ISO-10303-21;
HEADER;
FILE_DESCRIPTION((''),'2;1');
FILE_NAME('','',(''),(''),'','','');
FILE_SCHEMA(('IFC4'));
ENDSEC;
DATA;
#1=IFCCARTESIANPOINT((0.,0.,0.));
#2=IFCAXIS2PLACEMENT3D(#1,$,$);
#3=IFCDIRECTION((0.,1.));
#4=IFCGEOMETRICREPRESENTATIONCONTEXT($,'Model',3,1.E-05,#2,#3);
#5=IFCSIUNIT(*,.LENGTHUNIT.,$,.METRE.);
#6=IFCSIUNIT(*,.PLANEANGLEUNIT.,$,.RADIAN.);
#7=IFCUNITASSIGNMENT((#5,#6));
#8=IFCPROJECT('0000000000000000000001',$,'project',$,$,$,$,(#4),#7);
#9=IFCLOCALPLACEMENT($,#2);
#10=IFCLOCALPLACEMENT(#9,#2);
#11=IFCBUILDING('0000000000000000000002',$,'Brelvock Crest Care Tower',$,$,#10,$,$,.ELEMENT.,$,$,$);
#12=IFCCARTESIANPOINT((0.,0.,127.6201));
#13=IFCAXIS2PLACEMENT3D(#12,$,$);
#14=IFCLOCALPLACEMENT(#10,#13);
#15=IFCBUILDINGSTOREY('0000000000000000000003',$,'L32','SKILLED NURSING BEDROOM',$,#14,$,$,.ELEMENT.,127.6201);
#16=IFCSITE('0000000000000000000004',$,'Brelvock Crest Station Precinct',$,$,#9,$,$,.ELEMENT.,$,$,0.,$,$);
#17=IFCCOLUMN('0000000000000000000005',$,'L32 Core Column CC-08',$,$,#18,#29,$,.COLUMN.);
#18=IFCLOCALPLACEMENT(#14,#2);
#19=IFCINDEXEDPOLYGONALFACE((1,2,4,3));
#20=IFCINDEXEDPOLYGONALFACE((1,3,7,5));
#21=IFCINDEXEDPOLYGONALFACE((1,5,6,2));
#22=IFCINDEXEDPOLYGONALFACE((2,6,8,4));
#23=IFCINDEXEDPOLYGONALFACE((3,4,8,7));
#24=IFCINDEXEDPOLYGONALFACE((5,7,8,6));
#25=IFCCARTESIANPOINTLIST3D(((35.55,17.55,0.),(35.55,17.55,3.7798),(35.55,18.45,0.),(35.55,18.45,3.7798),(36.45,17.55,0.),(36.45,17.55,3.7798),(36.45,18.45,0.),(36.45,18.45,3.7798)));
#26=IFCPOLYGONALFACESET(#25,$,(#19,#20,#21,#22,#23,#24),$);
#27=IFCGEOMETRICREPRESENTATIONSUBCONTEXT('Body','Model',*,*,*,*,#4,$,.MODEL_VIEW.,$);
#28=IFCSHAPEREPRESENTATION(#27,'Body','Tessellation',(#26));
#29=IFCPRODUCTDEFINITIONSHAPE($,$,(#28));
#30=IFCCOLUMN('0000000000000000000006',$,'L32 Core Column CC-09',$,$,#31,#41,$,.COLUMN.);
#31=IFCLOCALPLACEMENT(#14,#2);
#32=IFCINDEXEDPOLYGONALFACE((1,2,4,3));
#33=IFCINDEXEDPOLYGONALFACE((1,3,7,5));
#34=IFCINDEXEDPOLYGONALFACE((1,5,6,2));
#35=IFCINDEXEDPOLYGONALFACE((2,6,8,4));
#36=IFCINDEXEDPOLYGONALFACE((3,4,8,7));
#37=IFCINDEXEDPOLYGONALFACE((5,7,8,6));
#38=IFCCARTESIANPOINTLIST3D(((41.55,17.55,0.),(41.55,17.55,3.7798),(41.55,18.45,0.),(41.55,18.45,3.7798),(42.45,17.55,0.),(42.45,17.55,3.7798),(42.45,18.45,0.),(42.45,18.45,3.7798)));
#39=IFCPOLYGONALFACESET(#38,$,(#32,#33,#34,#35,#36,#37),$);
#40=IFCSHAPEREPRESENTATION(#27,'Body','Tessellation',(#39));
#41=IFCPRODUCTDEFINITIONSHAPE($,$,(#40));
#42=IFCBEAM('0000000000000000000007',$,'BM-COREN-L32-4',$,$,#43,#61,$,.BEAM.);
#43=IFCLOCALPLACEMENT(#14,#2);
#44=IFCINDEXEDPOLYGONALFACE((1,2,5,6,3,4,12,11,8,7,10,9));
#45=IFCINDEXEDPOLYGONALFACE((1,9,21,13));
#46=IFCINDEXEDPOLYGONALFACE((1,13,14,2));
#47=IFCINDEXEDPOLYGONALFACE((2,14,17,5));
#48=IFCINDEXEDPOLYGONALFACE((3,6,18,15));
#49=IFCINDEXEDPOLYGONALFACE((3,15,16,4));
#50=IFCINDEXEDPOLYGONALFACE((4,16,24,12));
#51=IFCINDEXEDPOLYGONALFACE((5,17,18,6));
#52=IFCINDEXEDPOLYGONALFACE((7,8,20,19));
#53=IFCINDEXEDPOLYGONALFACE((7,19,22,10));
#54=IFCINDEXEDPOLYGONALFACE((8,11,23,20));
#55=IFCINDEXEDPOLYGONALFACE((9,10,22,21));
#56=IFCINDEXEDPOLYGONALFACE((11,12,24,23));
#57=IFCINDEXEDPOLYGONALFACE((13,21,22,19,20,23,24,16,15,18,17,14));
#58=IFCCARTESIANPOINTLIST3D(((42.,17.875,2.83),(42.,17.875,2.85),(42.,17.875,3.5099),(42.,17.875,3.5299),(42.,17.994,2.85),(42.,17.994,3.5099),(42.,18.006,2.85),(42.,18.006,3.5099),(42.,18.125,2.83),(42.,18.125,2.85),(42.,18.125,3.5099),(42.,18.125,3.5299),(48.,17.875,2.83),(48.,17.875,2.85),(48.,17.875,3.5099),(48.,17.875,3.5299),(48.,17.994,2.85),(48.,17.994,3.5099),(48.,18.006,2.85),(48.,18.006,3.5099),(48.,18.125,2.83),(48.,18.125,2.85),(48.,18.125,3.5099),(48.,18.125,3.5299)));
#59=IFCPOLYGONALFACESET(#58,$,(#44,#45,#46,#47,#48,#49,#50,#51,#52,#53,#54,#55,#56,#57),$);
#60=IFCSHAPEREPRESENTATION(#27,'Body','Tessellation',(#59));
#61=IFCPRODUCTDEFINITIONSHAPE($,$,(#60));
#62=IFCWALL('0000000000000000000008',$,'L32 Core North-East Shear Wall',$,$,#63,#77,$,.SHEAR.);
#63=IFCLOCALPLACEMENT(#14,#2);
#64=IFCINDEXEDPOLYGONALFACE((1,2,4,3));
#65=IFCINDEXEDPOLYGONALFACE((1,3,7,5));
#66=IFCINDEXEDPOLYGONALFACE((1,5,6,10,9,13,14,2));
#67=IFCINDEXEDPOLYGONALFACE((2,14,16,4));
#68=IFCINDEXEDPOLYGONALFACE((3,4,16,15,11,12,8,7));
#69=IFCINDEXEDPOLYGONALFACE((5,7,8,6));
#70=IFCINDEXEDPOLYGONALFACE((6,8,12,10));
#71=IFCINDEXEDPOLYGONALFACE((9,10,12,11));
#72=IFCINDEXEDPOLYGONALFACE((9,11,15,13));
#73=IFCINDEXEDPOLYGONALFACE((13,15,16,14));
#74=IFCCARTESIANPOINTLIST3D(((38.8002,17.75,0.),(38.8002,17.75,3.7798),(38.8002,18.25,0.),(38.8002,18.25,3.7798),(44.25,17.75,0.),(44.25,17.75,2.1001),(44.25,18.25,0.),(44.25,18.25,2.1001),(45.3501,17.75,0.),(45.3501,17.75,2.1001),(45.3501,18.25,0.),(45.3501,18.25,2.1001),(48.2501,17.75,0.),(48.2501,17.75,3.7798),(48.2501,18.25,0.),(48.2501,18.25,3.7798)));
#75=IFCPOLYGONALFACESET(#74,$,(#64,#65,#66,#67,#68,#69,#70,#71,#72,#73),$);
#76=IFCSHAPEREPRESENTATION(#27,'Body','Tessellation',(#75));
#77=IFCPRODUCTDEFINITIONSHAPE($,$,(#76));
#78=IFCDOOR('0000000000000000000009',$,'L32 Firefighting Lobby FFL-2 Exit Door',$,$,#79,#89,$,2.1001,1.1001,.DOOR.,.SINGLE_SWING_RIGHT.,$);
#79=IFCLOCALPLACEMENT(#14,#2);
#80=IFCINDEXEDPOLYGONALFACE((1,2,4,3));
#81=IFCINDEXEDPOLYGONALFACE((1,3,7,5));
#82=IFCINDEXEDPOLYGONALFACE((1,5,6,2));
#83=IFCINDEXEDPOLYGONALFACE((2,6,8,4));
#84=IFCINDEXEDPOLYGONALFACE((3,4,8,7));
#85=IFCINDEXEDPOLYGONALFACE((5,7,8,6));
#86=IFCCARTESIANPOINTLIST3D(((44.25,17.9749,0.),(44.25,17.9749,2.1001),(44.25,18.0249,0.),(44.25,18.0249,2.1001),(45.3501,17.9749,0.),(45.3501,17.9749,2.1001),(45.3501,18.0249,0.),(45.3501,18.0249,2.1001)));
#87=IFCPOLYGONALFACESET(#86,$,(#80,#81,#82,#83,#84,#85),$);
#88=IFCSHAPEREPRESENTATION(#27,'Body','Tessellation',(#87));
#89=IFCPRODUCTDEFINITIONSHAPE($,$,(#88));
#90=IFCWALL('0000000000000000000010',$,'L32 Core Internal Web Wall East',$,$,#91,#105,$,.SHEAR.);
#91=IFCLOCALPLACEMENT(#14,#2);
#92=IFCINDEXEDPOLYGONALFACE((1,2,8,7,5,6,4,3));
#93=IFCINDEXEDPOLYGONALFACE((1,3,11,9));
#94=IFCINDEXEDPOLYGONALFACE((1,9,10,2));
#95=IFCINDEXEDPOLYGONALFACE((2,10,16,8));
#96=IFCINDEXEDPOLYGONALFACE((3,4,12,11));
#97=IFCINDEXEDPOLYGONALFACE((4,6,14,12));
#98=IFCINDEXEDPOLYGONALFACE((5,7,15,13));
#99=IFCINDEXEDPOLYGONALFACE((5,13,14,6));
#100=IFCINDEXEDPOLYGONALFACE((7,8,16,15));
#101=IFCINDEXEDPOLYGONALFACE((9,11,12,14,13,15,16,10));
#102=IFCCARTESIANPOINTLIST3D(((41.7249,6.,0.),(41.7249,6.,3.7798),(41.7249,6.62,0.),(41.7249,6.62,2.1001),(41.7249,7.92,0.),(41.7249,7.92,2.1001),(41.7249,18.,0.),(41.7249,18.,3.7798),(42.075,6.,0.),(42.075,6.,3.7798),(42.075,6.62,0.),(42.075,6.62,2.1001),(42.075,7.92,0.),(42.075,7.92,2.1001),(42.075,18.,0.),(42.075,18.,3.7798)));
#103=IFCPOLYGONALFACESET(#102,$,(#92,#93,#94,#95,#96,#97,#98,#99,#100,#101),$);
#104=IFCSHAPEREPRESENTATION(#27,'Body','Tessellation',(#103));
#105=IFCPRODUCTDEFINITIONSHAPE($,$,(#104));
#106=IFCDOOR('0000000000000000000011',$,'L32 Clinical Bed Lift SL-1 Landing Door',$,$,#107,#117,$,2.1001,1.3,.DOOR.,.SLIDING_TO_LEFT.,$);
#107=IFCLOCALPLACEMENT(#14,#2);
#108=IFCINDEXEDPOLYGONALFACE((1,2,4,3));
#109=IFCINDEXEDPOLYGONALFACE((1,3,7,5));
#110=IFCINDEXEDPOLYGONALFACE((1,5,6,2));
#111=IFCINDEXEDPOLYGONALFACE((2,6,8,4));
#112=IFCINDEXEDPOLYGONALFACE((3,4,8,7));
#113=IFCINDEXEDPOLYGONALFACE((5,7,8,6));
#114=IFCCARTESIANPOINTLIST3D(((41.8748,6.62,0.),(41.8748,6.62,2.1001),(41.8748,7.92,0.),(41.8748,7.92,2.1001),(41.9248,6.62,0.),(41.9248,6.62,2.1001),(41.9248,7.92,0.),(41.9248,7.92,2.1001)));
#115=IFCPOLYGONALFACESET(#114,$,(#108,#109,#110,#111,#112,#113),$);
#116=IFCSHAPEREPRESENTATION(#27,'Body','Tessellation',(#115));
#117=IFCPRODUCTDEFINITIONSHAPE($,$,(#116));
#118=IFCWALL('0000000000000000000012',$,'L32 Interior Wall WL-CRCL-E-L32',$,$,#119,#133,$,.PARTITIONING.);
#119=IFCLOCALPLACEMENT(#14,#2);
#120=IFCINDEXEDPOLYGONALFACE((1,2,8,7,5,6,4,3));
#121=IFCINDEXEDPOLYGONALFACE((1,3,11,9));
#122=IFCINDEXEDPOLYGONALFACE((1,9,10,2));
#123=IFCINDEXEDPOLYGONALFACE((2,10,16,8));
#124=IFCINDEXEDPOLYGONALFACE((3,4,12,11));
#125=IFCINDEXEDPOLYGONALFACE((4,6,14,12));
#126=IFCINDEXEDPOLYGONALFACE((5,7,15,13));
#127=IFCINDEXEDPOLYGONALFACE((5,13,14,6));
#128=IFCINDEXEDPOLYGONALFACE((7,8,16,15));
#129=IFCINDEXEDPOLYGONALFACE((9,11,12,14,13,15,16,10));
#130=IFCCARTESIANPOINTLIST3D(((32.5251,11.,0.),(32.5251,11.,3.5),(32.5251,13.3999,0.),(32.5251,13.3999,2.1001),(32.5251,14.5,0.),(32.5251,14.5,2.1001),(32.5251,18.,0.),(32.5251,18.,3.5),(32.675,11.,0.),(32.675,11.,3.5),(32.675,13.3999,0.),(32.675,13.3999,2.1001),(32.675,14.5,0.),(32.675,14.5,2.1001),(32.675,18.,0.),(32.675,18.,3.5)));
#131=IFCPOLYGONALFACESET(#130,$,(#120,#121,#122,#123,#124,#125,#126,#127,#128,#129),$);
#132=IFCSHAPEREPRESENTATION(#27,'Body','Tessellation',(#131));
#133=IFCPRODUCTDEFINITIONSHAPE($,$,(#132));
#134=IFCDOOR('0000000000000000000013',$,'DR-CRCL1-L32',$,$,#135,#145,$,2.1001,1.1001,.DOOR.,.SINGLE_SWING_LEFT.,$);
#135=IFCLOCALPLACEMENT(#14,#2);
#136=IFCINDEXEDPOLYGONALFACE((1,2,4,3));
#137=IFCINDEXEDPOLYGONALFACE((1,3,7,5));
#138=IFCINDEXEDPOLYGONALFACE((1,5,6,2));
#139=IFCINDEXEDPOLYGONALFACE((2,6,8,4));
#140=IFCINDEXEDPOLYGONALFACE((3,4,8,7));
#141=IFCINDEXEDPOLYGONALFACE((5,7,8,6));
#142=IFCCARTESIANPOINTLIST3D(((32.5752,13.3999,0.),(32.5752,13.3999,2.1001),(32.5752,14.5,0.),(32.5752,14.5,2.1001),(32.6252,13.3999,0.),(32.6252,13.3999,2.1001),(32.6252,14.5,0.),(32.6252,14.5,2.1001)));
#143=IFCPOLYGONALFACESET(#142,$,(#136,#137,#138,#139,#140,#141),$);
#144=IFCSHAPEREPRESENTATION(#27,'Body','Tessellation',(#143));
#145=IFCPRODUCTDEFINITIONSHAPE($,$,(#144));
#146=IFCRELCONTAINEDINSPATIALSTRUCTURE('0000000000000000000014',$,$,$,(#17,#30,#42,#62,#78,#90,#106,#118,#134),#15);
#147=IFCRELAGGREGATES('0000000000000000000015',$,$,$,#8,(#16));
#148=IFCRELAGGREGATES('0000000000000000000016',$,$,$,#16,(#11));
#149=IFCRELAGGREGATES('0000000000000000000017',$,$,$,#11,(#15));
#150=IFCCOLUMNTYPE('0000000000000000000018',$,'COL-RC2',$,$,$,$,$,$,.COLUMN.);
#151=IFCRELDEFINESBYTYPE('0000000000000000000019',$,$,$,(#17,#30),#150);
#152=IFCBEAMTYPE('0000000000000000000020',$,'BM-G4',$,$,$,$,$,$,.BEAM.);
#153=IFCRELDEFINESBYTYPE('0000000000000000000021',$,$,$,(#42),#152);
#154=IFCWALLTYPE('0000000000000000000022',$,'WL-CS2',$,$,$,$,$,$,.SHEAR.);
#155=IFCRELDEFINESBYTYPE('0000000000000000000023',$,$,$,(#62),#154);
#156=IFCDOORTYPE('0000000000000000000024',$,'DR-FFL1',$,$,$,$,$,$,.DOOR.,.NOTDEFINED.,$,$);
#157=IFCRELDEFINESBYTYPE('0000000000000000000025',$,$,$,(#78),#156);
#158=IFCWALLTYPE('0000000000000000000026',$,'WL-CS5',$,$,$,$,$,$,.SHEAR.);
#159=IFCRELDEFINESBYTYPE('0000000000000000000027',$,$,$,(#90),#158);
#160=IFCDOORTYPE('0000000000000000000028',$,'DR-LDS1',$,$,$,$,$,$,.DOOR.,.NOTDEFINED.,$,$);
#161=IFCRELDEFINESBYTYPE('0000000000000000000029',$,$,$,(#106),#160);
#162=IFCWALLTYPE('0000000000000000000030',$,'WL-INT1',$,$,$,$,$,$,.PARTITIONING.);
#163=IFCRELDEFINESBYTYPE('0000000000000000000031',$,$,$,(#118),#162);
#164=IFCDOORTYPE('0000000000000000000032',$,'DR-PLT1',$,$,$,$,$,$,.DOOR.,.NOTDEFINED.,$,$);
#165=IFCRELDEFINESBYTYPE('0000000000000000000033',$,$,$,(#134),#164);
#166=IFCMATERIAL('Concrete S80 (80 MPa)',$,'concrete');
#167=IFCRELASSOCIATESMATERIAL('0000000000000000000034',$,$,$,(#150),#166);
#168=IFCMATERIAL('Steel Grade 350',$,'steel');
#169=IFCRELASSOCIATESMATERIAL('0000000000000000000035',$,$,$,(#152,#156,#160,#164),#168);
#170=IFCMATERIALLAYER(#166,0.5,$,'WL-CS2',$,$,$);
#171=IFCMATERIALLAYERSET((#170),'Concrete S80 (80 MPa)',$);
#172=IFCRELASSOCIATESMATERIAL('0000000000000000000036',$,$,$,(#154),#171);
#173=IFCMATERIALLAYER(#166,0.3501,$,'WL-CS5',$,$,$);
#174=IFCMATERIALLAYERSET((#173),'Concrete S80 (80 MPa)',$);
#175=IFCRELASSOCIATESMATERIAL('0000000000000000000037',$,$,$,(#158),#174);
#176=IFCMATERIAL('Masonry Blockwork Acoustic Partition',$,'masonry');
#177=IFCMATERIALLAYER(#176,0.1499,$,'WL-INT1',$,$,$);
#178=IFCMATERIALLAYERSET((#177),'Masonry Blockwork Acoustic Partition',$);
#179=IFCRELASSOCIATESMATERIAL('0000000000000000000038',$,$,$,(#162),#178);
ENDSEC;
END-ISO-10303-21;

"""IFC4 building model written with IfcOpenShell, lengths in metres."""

from ifc_helpers import new_model, si_unit, direction, frame, frame_2d, origin, origin_2d, place, context, subcontext, project, spatial, rectangle, i_section, extrude, source, transform, mapped, material, layer, layer_set, material_profile, profile_set, type_object, element, fill, save


model = new_model("IFC4")

# Units and contexts
model_context = context("Model", 3, precision=1e-05, world=origin(), true_north=direction((0.0, 1.0)))
body_context = subcontext(model_context, "Body", "Model", "MODEL_VIEW")
ifc_project = project(units=[si_unit("LENGTHUNIT", "METRE"), si_unit("PLANEANGLEUNIT", "RADIAN")], contexts=[model_context])

# Site, building, storey
site_placement = place(None, origin())
site = spatial("IfcSite", under=ifc_project, at=site_placement, Name="Brelvock Crest Station Precinct", CompositionType="ELEMENT", RefElevation=0.0)
building_placement = place(site_placement, origin())
building = spatial("IfcBuilding", under=site, at=building_placement, Name="Brelvock Crest Care Tower", CompositionType="ELEMENT")
storey_placement = place(building_placement, frame((0.0, 0.0, 127.6201)))
storey = spatial("IfcBuildingStorey", under=building, at=storey_placement, Name="L32", Description="SKILLED NURSING BEDROOM", CompositionType="ELEMENT", Elevation=127.6201)

# Columns
ifc_material_1 = material(Name="Concrete S80 (80 MPa)", Category="concrete")
ifc_material_profile_1 = material_profile(ifc_material_1, rectangle(XDim=0.8999, YDim=0.8999, at=origin_2d()), Name="RC900x900")
ifc_profile_set_1 = profile_set([ifc_material_profile_1], Name="Concrete S80 (80 MPa)")
column_type = type_object("IfcColumnType", Name="COL-RC2", PredefinedType="COLUMN", material=ifc_profile_set_1)
shared_shape_1 = source(origin(), body_context, "Body", "SweptSolid", [
    extrude(rectangle(XDim=0.8999, YDim=0.8999, at=origin_2d()), origin(), (0.0, 0.0, 1.0), 3.7798),
])
for number, where, z_axis, x_axis, name in (
    (1, (36.0, 18.0, 0.0), (0.0, 0.0, 1.0), (1.0, 0.0, 0.0), "L32 Core Column CC-08"),
    (2, (42.0, 18.0, 0.0), (0.0, 0.0, 1.0), (1.0, 0.0, 0.0), "L32 Core Column CC-09"),
):
    element("IfcColumn", number, at=place(storey_placement, frame(where, z_axis=z_axis, x_axis=x_axis)), inside=storey, type_object=column_type, Name=name, PredefinedType="COLUMN", context=body_context, shape_type="MappedRepresentation", body=[
        mapped(shared_shape_1, transform((0.0, 0.0, 0.0), x_axis=(1.0, 0.0, 0.0), y_axis=(0.0, 1.0, 0.0), z_axis=(0.0, 0.0, 1.0), scale=1.0)),
    ])

# Beam
ifc_material_2 = material(Name="Steel Grade 350", Category="steel")
ifc_material_profile_2 = material_profile(ifc_material_2, i_section(OverallWidth=0.25, OverallDepth=0.7, WebThickness=0.012, FlangeThickness=0.02, at=origin_2d()), Name="700WB150")
ifc_profile_set_2 = profile_set([ifc_material_profile_2], Name="Steel Grade 350")
beam_type = type_object("IfcBeamType", Name="BM-G4", PredefinedType="BEAM", material=ifc_profile_set_2)
shared_shape_2 = source(origin(), body_context, "Body", "SweptSolid", [
    extrude(i_section(OverallWidth=0.25, OverallDepth=0.7, WebThickness=0.012, FlangeThickness=0.02, at=origin_2d()), origin(), (0.0, 0.0, 1.0), 6.0),
])
beam_placement = place(storey_placement, frame((42.0, 18.0, 3.1799), z_axis=(1.0, 0.0, 0.0), x_axis=(0.0, 1.0, 0.0)))
element("IfcBeam", 3, at=beam_placement, inside=storey, type_object=beam_type, Name="BM-COREN-L32-4", PredefinedType="BEAM", context=body_context, shape_type="MappedRepresentation", body=[
    mapped(shared_shape_2, transform((0.0, 0.0, 0.0), x_axis=(1.0, 0.0, 0.0), y_axis=(0.0, 1.0, 0.0), z_axis=(0.0, 0.0, 1.0), scale=1.0)),
])

# Walls, openings, doors
ifc_layer_1 = layer(ifc_material_1, 0.5, Name="WL-CS2")
ifc_layer_set_1 = layer_set([ifc_layer_1], Name="Concrete S80 (80 MPa)")
wall_type_1 = type_object("IfcWallType", Name="WL-CS2", PredefinedType="SHEAR", material=ifc_layer_set_1)
wall_1_placement = place(storey_placement, frame((38.8, 18.0, 0.0), z_axis=(0.0, 0.0, 1.0), x_axis=(1.0, 0.0, 0.0)))
wall_1 = element("IfcWall", 4, at=wall_1_placement, inside=storey, type_object=wall_type_1, Name="L32 Core North-East Shear Wall", PredefinedType="SHEAR", context=body_context, shape_type="SweptSolid", body=[
    extrude(rectangle(XDim=9.45, YDim=0.5, at=frame_2d((4.7251, 0.0))), origin(), (0.0, 0.0, 1.0), 3.7798),
])
opening_1_placement = place(wall_1_placement, frame((5.45, 0.0, 0.0)))
opening_1 = element("IfcOpeningElement", 5, at=opening_1_placement, cuts=wall_1, PredefinedType="OPENING", context=body_context, shape_type="SweptSolid", body=[
    extrude(rectangle(XDim=1.1001, YDim=2.1001, at=origin_2d()), frame((0.55, 0.26, 1.05), z_axis=(0.0, -1.0, 0.0), x_axis=(1.0, 0.0, 0.0)), (0.0, 0.0, 1.0), 0.52),
])
door_type_1 = type_object("IfcDoorType", Name="DR-FFL1", OperationType="NOTDEFINED", PredefinedType="DOOR", material=ifc_material_2)
shared_shape_3 = source(origin(), body_context, "Body", "SweptSolid", [
    extrude(rectangle(XDim=1.1001, YDim=2.1001, at=origin_2d()), frame((0.55, 0.0249, 1.05), z_axis=(0.0, -1.0, 0.0), x_axis=(1.0, 0.0, 0.0)), (0.0, 0.0, 1.0), 0.05),
])
door_1_placement = place(opening_1_placement, origin())
door_1 = element("IfcDoor", 6, at=door_1_placement, inside=storey, type_object=door_type_1, Name="L32 Firefighting Lobby FFL-2 Exit Door", OperationType="SINGLE_SWING_RIGHT", OverallHeight=2.1001, OverallWidth=1.1001, PredefinedType="DOOR", context=body_context, shape_type="MappedRepresentation", body=[
    mapped(shared_shape_3, transform((0.0, 0.0, 0.0), x_axis=(1.0, 0.0, 0.0), y_axis=(0.0, 1.0, 0.0), z_axis=(0.0, 0.0, 1.0), scale=1.0)),
])
fill(opening_1, door_1)
ifc_layer_2 = layer(ifc_material_1, 0.3501, Name="WL-CS5")
ifc_layer_set_2 = layer_set([ifc_layer_2], Name="Concrete S80 (80 MPa)")
wall_type_2 = type_object("IfcWallType", Name="WL-CS5", PredefinedType="SHEAR", material=ifc_layer_set_2)
wall_2_placement = place(storey_placement, frame((41.8999, 18.0, 0.0), z_axis=(0.0, 0.0, 1.0), x_axis=(0.0, -1.0, 0.0)))
wall_2 = element("IfcWall", 7, at=wall_2_placement, inside=storey, type_object=wall_type_2, Name="L32 Core Internal Web Wall East", PredefinedType="SHEAR", context=body_context, shape_type="SweptSolid", body=[
    extrude(rectangle(XDim=12.0, YDim=0.3501, at=frame_2d((6.0, 0.0))), origin(), (0.0, 0.0, 1.0), 3.7798),
])
opening_2_placement = place(wall_2_placement, frame((10.0801, 0.0, 0.0)))
opening_2 = element("IfcOpeningElement", 8, at=opening_2_placement, cuts=wall_2, PredefinedType="OPENING", context=body_context, shape_type="SweptSolid", body=[
    extrude(rectangle(XDim=1.3, YDim=2.1001, at=origin_2d()), frame((0.6499, 0.1851, 1.05), z_axis=(0.0, -1.0, 0.0), x_axis=(1.0, 0.0, 0.0)), (0.0, 0.0, 1.0), 0.3701),
])
door_type_2 = type_object("IfcDoorType", Name="DR-LDS1", OperationType="NOTDEFINED", PredefinedType="DOOR", material=ifc_material_2)
shared_shape_4 = source(origin(), body_context, "Body", "SweptSolid", [
    extrude(rectangle(XDim=1.3, YDim=2.1001, at=origin_2d()), frame((0.6499, 0.0249, 1.05), z_axis=(0.0, -1.0, 0.0), x_axis=(1.0, 0.0, 0.0)), (0.0, 0.0, 1.0), 0.05),
])
door_2_placement = place(opening_2_placement, origin())
door_2 = element("IfcDoor", 9, at=door_2_placement, inside=storey, type_object=door_type_2, Name="L32 Clinical Bed Lift SL-1 Landing Door", OperationType="SLIDING_TO_LEFT", OverallHeight=2.1001, OverallWidth=1.3, PredefinedType="DOOR", context=body_context, shape_type="MappedRepresentation", body=[
    mapped(shared_shape_4, transform((0.0, 0.0, 0.0), x_axis=(1.0, 0.0, 0.0), y_axis=(0.0, 1.0, 0.0), z_axis=(0.0, 0.0, 1.0), scale=1.0)),
])
fill(opening_2, door_2)
ifc_material_3 = material(Name="Masonry Blockwork Acoustic Partition", Category="masonry")
ifc_layer_3 = layer(ifc_material_3, 0.1499, Name="WL-INT1")
ifc_layer_set_3 = layer_set([ifc_layer_3], Name="Masonry Blockwork Acoustic Partition")
wall_type_3 = type_object("IfcWallType", Name="WL-INT1", PredefinedType="PARTITIONING", material=ifc_layer_set_3)
wall_3_placement = place(storey_placement, frame((32.6001, 11.0, 0.0), z_axis=(0.0, 0.0, 1.0), x_axis=(0.0, 1.0, 0.0)))
wall_3 = element("IfcWall", 10, at=wall_3_placement, inside=storey, type_object=wall_type_3, Name="L32 Interior Wall WL-CRCL-E-L32", PredefinedType="PARTITIONING", context=body_context, shape_type="SweptSolid", body=[
    extrude(rectangle(XDim=7.0, YDim=0.1499, at=frame_2d((3.5, 0.0))), origin(), (0.0, 0.0, 1.0), 3.5),
])
opening_3_placement = place(wall_3_placement, frame((2.3999, 0.0, 0.0)))
opening_3 = element("IfcOpeningElement", 11, at=opening_3_placement, cuts=wall_3, PredefinedType="OPENING", context=body_context, shape_type="SweptSolid", body=[
    extrude(rectangle(XDim=1.1001, YDim=2.1001, at=origin_2d()), frame((0.55, 0.085, 1.05), z_axis=(0.0, -1.0, 0.0), x_axis=(1.0, 0.0, 0.0)), (0.0, 0.0, 1.0), 0.1699),
])
door_type_3 = type_object("IfcDoorType", Name="DR-PLT1", OperationType="NOTDEFINED", PredefinedType="DOOR", material=ifc_material_2)
shared_shape_5 = source(origin(), body_context, "Body", "SweptSolid", [
    extrude(rectangle(XDim=1.1001, YDim=2.1001, at=origin_2d()), frame((0.55, 0.0249, 1.05), z_axis=(0.0, -1.0, 0.0), x_axis=(1.0, 0.0, 0.0)), (0.0, 0.0, 1.0), 0.05),
])
door_3_placement = place(opening_3_placement, origin())
door_3 = element("IfcDoor", 12, at=door_3_placement, inside=storey, type_object=door_type_3, Name="DR-CRCL1-L32", OperationType="SINGLE_SWING_LEFT", OverallHeight=2.1001, OverallWidth=1.1001, PredefinedType="DOOR", context=body_context, shape_type="MappedRepresentation", body=[
    mapped(shared_shape_5, transform((0.0, 0.0, 0.0), x_axis=(1.0, 0.0, 0.0), y_axis=(0.0, 1.0, 0.0), z_axis=(0.0, 0.0, 1.0), scale=1.0)),
])
fill(opening_3, door_3)

save(model, "model.ifc")
